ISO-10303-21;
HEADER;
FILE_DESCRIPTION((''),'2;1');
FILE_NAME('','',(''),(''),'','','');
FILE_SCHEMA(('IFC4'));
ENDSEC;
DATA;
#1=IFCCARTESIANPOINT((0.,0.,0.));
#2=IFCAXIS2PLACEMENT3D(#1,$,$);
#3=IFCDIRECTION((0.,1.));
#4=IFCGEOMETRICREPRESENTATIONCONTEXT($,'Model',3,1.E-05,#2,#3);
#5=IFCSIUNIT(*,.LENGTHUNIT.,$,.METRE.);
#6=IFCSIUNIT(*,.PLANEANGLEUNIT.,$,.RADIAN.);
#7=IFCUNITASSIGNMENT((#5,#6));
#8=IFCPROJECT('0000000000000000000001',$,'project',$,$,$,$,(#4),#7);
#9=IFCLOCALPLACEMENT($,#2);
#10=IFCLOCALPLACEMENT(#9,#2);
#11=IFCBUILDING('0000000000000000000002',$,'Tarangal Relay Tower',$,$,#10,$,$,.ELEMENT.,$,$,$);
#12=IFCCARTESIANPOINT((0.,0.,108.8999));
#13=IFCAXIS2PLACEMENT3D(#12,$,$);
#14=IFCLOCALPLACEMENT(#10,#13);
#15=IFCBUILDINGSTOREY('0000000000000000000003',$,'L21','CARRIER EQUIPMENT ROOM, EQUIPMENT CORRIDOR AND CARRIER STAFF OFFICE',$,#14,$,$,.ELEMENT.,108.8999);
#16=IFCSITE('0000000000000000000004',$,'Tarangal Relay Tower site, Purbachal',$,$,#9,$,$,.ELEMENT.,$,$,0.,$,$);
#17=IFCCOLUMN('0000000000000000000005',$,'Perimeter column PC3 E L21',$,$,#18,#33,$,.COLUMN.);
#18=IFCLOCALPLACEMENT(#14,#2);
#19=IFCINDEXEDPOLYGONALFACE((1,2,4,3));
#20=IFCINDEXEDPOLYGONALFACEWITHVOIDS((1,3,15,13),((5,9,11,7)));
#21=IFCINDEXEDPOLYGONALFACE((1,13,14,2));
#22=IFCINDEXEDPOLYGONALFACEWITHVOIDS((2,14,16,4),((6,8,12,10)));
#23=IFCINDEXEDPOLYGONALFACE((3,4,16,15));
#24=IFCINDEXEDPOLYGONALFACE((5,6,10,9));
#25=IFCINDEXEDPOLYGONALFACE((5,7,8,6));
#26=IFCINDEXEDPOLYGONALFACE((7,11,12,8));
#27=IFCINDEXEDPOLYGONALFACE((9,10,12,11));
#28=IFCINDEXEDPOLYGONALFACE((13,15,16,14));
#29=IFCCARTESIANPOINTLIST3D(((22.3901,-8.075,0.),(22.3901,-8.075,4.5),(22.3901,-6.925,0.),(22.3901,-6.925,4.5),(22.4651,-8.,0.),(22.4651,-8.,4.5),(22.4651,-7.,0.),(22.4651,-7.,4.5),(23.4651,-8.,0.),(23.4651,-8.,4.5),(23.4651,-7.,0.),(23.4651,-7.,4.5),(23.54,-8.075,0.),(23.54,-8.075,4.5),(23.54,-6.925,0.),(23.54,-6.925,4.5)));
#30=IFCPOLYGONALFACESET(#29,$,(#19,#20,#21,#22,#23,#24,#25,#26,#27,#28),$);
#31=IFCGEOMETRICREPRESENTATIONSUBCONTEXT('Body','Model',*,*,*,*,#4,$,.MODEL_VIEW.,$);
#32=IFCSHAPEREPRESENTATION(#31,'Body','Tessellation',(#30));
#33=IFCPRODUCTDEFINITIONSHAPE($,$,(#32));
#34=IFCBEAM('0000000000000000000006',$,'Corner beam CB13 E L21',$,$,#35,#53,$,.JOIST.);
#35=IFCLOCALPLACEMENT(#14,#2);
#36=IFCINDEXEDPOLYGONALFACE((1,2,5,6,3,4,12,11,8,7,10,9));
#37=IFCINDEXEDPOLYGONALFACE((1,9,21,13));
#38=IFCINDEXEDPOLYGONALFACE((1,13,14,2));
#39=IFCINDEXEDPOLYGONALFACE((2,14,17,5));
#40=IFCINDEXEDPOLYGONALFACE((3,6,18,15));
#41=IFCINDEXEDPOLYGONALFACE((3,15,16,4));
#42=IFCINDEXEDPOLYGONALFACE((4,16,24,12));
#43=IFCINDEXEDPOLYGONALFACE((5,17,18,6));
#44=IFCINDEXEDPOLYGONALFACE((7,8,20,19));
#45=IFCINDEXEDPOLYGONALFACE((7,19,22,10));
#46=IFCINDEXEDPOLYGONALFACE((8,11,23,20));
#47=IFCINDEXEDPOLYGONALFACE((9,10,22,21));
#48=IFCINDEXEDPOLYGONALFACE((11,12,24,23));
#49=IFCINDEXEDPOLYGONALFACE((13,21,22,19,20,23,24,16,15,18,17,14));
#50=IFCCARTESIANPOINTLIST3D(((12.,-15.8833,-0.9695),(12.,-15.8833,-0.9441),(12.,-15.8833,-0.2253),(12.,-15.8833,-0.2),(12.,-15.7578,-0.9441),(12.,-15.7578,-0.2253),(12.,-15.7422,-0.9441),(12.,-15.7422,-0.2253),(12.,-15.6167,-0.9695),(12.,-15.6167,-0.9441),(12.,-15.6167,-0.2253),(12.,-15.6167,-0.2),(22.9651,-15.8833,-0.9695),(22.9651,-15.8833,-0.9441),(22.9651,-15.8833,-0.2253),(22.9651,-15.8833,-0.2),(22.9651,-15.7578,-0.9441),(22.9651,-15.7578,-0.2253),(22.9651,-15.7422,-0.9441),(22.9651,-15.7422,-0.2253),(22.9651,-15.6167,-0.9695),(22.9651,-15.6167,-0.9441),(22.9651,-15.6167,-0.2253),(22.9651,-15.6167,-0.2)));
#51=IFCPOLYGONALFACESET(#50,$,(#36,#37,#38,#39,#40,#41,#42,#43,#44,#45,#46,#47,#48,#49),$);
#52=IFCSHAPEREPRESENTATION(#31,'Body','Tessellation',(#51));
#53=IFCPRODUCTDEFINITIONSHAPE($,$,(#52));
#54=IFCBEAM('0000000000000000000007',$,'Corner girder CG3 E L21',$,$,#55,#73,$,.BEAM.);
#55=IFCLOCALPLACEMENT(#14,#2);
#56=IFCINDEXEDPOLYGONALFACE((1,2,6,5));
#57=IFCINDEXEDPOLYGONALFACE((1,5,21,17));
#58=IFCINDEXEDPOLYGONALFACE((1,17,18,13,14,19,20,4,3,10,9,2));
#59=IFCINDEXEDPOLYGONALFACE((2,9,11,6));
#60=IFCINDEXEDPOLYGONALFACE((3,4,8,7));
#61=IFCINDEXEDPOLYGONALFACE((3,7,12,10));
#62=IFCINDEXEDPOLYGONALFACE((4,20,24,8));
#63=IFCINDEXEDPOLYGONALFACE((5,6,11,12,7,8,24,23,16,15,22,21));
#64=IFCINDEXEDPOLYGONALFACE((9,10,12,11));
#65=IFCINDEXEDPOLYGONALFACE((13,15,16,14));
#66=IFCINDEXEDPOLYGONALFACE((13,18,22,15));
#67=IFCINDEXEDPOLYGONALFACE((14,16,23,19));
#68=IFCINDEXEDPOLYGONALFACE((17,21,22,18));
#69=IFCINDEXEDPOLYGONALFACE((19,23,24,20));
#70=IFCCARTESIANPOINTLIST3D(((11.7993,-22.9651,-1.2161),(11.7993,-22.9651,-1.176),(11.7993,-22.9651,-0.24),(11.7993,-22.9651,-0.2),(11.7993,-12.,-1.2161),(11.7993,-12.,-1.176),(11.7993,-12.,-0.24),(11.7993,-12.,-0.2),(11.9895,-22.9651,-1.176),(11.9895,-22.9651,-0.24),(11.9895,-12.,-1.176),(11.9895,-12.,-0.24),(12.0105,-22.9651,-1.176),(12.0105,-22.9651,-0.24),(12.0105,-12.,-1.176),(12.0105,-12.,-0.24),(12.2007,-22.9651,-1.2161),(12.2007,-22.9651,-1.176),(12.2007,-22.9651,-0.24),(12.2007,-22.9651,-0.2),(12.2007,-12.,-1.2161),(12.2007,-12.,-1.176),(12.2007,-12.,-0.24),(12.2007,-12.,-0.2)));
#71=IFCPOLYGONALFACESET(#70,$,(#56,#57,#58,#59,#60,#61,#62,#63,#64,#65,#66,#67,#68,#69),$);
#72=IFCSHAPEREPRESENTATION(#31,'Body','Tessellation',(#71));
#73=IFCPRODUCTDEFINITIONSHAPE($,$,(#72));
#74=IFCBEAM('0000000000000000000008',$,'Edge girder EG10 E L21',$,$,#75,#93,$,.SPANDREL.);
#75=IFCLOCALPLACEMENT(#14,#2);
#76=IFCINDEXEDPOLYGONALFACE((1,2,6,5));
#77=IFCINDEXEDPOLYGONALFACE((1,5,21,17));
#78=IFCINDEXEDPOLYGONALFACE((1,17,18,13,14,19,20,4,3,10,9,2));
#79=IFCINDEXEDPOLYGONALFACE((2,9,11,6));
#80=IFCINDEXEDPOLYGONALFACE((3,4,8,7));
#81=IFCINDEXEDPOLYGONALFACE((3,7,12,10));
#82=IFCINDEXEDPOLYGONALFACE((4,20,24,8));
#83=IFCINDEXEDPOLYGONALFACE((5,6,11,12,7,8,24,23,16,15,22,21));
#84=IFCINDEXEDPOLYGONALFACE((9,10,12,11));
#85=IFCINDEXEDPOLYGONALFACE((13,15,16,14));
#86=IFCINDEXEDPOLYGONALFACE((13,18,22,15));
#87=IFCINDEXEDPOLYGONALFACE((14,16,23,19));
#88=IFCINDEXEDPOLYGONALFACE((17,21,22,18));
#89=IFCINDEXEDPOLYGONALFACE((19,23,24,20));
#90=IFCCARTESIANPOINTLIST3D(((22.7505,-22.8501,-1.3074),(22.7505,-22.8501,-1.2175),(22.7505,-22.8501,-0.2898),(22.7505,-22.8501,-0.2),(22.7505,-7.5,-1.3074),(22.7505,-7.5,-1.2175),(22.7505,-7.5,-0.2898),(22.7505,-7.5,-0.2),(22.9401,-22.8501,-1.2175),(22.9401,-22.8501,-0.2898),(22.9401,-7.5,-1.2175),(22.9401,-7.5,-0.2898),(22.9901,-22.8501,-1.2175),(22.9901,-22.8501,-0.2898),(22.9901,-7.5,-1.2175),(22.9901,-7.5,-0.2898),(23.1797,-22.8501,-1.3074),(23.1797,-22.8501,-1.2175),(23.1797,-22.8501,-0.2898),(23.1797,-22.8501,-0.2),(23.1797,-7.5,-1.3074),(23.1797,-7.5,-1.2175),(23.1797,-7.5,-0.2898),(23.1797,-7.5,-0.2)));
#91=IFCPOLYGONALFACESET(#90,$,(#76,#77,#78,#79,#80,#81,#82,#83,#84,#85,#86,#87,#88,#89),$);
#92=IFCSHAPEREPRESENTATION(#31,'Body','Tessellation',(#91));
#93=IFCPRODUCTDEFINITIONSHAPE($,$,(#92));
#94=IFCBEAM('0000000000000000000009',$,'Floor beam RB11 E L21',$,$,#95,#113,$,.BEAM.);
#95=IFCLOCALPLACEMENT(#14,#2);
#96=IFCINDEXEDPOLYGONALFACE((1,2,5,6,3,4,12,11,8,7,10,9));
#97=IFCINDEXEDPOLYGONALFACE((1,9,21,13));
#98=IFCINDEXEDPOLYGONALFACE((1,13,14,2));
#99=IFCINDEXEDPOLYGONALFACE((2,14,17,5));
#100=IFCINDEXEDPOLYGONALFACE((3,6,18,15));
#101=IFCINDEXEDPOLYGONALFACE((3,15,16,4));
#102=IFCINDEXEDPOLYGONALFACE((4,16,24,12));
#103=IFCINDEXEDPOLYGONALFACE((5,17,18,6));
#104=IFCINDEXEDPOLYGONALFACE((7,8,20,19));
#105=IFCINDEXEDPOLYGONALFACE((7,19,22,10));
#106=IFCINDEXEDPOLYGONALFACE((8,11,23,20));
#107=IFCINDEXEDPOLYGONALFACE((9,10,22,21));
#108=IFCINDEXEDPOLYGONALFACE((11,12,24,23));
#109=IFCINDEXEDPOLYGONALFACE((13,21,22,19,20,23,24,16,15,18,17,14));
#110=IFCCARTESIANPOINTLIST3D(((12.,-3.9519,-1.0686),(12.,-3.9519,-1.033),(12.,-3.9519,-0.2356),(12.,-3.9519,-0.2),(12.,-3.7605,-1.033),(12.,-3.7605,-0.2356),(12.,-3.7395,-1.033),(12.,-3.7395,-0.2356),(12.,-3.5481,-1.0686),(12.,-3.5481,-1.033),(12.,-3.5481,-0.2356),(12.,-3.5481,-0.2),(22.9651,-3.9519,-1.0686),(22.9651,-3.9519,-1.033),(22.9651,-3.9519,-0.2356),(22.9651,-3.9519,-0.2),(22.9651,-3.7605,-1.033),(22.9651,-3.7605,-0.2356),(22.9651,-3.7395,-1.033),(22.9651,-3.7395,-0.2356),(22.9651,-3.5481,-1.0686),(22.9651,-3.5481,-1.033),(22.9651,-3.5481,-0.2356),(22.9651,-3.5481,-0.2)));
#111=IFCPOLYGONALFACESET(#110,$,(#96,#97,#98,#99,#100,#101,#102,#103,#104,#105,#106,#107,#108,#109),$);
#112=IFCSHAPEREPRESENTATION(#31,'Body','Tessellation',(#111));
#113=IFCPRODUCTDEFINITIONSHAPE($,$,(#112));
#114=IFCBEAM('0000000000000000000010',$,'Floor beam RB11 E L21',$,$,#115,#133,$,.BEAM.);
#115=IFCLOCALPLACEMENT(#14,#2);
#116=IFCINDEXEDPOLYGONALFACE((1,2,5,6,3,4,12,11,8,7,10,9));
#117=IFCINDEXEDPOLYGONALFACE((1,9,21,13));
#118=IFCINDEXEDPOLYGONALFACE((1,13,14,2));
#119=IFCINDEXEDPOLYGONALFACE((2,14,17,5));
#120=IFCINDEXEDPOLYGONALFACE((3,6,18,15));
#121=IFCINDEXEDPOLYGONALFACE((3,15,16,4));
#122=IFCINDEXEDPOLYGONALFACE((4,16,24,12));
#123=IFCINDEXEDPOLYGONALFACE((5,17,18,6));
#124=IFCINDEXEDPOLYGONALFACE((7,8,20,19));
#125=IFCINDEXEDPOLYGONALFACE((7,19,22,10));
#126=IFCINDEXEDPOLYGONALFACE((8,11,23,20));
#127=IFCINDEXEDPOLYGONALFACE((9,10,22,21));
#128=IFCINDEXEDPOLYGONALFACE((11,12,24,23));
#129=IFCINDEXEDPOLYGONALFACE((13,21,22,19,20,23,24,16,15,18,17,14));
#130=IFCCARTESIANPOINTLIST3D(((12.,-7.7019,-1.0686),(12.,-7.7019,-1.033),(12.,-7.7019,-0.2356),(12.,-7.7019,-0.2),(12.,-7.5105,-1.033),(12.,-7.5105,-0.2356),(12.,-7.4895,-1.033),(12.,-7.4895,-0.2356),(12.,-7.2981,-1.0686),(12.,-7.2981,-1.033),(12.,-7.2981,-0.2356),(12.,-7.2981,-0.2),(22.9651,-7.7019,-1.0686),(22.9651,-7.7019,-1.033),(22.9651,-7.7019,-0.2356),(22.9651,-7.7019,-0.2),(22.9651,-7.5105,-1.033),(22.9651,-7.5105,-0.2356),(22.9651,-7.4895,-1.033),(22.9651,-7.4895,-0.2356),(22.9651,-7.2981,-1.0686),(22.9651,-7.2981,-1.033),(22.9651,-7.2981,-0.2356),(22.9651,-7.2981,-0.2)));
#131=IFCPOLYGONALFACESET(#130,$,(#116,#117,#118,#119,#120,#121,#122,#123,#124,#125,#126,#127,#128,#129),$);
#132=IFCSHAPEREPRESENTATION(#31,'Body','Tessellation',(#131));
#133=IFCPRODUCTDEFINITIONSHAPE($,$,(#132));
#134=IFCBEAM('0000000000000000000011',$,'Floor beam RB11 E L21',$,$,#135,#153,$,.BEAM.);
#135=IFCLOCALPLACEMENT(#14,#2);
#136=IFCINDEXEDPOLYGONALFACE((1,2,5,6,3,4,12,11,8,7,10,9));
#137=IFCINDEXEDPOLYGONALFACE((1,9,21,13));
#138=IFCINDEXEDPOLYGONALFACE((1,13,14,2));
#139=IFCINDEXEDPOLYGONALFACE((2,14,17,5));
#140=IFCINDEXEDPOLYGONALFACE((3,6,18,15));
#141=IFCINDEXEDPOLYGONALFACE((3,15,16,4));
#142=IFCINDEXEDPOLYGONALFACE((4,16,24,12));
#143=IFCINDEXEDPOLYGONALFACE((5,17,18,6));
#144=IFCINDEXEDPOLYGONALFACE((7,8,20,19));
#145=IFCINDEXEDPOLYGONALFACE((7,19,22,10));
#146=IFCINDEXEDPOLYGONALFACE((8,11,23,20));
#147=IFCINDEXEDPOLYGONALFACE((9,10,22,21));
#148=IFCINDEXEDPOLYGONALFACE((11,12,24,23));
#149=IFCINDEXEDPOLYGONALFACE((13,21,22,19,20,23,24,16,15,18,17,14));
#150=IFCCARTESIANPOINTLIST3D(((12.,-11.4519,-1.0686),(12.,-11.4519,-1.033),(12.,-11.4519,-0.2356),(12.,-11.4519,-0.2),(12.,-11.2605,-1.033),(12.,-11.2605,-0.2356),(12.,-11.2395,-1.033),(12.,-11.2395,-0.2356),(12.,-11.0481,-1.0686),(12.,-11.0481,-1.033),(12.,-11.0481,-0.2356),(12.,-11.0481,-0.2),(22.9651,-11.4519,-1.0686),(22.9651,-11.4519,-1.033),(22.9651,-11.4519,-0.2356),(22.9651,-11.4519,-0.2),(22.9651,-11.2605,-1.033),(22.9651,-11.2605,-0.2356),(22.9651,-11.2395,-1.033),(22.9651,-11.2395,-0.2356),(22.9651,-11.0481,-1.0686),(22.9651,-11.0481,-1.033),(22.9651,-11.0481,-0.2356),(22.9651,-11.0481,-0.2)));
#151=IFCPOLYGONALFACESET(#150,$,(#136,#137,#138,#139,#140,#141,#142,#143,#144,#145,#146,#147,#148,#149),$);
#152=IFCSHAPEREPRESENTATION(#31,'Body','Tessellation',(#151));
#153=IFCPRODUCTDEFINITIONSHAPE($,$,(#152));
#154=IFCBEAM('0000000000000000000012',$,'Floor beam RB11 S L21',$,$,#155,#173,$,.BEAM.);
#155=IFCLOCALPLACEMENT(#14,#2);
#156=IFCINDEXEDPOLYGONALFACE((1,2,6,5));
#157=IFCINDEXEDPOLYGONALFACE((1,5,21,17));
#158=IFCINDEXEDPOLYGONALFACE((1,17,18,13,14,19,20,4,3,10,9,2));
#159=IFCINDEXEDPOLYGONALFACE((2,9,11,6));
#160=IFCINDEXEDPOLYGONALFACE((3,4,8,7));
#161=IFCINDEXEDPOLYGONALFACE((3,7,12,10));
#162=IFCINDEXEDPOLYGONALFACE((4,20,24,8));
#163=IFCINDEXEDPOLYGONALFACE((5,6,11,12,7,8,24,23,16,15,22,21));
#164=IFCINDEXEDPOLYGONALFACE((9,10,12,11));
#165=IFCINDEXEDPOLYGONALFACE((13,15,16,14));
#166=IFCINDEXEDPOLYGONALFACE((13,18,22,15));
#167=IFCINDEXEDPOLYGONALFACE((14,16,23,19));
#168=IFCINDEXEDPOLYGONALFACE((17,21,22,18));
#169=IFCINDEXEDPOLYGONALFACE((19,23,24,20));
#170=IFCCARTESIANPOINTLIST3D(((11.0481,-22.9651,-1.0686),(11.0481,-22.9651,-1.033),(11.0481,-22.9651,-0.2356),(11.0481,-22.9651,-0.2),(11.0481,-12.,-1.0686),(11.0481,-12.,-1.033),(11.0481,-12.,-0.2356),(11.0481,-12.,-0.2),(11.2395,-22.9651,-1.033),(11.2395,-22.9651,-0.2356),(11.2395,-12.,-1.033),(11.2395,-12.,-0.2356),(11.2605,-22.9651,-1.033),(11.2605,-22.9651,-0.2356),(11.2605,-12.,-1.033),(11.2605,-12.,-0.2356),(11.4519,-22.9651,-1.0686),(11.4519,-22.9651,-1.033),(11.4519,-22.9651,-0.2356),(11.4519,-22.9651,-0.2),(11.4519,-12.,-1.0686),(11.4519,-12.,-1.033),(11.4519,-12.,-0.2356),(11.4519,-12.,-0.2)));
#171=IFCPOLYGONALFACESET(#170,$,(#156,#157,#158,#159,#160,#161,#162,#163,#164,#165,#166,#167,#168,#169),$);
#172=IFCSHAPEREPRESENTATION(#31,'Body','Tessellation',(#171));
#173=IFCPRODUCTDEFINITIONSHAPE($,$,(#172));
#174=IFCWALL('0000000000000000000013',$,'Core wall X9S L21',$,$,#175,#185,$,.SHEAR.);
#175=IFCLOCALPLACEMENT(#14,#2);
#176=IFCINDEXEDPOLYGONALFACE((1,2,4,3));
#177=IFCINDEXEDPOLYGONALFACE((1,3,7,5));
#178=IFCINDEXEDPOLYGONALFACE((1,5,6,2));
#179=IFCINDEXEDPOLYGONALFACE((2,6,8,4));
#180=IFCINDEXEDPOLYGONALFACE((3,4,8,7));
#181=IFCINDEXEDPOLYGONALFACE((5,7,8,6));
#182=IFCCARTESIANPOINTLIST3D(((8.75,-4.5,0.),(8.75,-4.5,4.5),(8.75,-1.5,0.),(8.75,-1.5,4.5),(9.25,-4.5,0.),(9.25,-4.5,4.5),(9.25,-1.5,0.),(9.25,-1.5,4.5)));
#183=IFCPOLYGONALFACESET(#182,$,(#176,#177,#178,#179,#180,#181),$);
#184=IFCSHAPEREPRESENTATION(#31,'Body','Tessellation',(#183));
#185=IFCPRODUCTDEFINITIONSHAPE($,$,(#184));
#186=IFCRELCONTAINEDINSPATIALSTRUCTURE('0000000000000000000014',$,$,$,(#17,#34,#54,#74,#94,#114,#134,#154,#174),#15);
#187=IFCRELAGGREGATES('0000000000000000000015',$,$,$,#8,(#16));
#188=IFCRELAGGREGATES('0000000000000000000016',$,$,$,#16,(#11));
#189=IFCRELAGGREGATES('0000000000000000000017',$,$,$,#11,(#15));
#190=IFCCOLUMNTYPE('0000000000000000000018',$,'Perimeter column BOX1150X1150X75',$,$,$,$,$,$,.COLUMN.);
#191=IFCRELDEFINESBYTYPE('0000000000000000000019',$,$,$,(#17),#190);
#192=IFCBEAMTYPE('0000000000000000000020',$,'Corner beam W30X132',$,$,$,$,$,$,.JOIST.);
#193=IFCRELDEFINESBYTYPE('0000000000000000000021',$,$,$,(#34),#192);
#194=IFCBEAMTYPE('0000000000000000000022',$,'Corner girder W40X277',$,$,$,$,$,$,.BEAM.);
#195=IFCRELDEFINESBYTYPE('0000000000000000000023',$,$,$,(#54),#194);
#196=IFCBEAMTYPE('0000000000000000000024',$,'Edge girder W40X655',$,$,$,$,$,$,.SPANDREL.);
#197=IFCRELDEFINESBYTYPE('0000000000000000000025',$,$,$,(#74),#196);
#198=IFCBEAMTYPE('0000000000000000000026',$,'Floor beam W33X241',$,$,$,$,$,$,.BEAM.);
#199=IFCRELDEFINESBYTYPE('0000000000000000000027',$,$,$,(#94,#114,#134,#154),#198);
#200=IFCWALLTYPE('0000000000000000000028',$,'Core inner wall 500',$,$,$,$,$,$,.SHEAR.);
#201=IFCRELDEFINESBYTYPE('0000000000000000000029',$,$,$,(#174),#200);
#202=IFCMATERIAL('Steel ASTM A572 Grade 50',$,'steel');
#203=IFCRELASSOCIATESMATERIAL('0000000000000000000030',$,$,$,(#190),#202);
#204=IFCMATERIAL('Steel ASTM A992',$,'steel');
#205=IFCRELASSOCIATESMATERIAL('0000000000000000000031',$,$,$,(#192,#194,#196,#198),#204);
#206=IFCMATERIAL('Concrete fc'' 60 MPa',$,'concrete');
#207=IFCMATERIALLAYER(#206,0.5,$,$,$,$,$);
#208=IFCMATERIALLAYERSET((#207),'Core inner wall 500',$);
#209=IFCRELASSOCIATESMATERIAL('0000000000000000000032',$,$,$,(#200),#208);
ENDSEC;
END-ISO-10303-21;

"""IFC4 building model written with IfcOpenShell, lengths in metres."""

from ifc_helpers import new_model, si_unit, direction, frame, frame_2d, origin, origin_2d, place, context, subcontext, project, spatial, rectangle, hollow_rectangle, i_section, extrude, material, layer, layer_set, material_profile, profile_set, type_object, element, save


model = new_model("IFC4")

# Units and contexts
model_context = context("Model", 3, precision=1e-05, world=origin(), true_north=direction((0.0, 1.0)))
body_context = subcontext(model_context, "Body", "Model", "MODEL_VIEW")
ifc_project = project(units=[si_unit("LENGTHUNIT", "METRE"), si_unit("PLANEANGLEUNIT", "RADIAN")], contexts=[model_context])

# Site, building, storey
site_placement = place(None, origin())
site = spatial("IfcSite", under=ifc_project, at=site_placement, Name="Tarangal Relay Tower site, Purbachal", CompositionType="ELEMENT", RefElevation=0.0)
building_placement = place(site_placement, origin())
building = spatial("IfcBuilding", under=site, at=building_placement, Name="Tarangal Relay Tower", CompositionType="ELEMENT")
storey_placement = place(building_placement, frame((0.0, 0.0, 108.8999)))
storey = spatial("IfcBuildingStorey", under=building, at=storey_placement, Name="L21", Description="CARRIER EQUIPMENT ROOM, EQUIPMENT CORRIDOR AND CARRIER STAFF OFFICE", CompositionType="ELEMENT", Elevation=108.8999)

# Column
ifc_material_1 = material(Name="Steel ASTM A572 Grade 50", Category="steel")
ifc_material_profile_1 = material_profile(ifc_material_1, hollow_rectangle(XDim=1.1499, YDim=1.1499, WallThickness=0.075, at=origin_2d()), Name="BOX1150X1150X75")
ifc_profile_set_1 = profile_set([ifc_material_profile_1], Name="Steel ASTM A572 Grade 50")
column_type = type_object("IfcColumnType", Name="Perimeter column BOX1150X1150X75", PredefinedType="COLUMN", material=ifc_profile_set_1)
column_placement = place(storey_placement, frame((22.9651, -7.5, 0.0), z_axis=(0.0, 0.0, 1.0), x_axis=(1.0, 0.0, 0.0)))
element("IfcColumn", 1, at=column_placement, inside=storey, type_object=column_type, Name="Perimeter column PC3 E L21", PredefinedType="COLUMN", context=body_context, shape_type="SweptSolid", body=[
    extrude(hollow_rectangle(XDim=1.1499, YDim=1.1499, WallThickness=0.075, at=origin_2d()), origin(), (0.0, 0.0, 1.0), 4.5),
])

# Beams
ifc_material_2 = material(Name="Steel ASTM A992", Category="steel")
ifc_material_profile_2 = material_profile(ifc_material_2, i_section(OverallWidth=0.2666, OverallDepth=0.7695, WebThickness=0.0156, FlangeThickness=0.0254, at=origin_2d()), Name="W30X132")
ifc_profile_set_2 = profile_set([ifc_material_profile_2], Name="Steel ASTM A992")
beam_type_1 = type_object("IfcBeamType", Name="Corner beam W30X132", PredefinedType="JOIST", material=ifc_profile_set_2)
beam_1_placement = place(storey_placement, frame((12.0, -15.75, -0.5847), z_axis=(1.0, 0.0, 0.0), x_axis=(0.0, 1.0, 0.0)))
element("IfcBeam", 2, at=beam_1_placement, inside=storey, type_object=beam_type_1, Name="Corner beam CB13 E L21", PredefinedType="JOIST", context=body_context, shape_type="SweptSolid", body=[
    extrude(i_section(OverallWidth=0.2666, OverallDepth=0.7695, WebThickness=0.0156, FlangeThickness=0.0254, at=origin_2d()), origin(), (0.0, 0.0, 1.0), 10.9651),
])
ifc_material_profile_3 = material_profile(ifc_material_2, i_section(OverallWidth=0.4014, OverallDepth=1.0161, WebThickness=0.021, FlangeThickness=0.04, at=origin_2d()), Name="W40X277")
ifc_profile_set_3 = profile_set([ifc_material_profile_3], Name="Steel ASTM A992")
beam_type_2 = type_object("IfcBeamType", Name="Corner girder W40X277", PredefinedType="BEAM", material=ifc_profile_set_3)
beam_2_placement = place(storey_placement, frame((12.0, -12.0, -0.708), z_axis=(0.0, -1.0, 0.0), x_axis=(1.0, 0.0, 0.0)))
element("IfcBeam", 3, at=beam_2_placement, inside=storey, type_object=beam_type_2, Name="Corner girder CG3 E L21", PredefinedType="BEAM", context=body_context, shape_type="SweptSolid", body=[
    extrude(i_section(OverallWidth=0.4014, OverallDepth=1.0161, WebThickness=0.021, FlangeThickness=0.04, at=origin_2d()), origin(), (0.0, 0.0, 1.0), 10.9651),
])
ifc_material_profile_4 = material_profile(ifc_material_2, i_section(OverallWidth=0.4292, OverallDepth=1.1074, WebThickness=0.05, FlangeThickness=0.0898, at=origin_2d()), Name="W40X655")
ifc_profile_set_4 = profile_set([ifc_material_profile_4], Name="Steel ASTM A992")
beam_type_3 = type_object("IfcBeamType", Name="Edge girder W40X655", PredefinedType="SPANDREL", material=ifc_profile_set_4)
beam_3_placement = place(storey_placement, frame((22.9651, -7.5, -0.7537), z_axis=(0.0, -1.0, 0.0), x_axis=(1.0, 0.0, 0.0)))
element("IfcBeam", 4, at=beam_3_placement, inside=storey, type_object=beam_type_3, Name="Edge girder EG10 E L21", PredefinedType="SPANDREL", context=body_context, shape_type="SweptSolid", body=[
    extrude(i_section(OverallWidth=0.4292, OverallDepth=1.1074, WebThickness=0.05, FlangeThickness=0.0898, at=origin_2d()), origin(), (0.0, 0.0, 1.0), 15.3501),
])
ifc_material_profile_5 = material_profile(ifc_material_2, i_section(OverallWidth=0.4038, OverallDepth=0.8687, WebThickness=0.021, FlangeThickness=0.0356, at=origin_2d()), Name="W33X241")
ifc_profile_set_5 = profile_set([ifc_material_profile_5], Name="Steel ASTM A992")
beam_type_4 = type_object("IfcBeamType", Name="Floor beam W33X241", PredefinedType="BEAM", material=ifc_profile_set_5)
for number, where, z_axis, x_axis, name in (
    (5, (12.0, -3.75, -0.6343), (1.0, 0.0, 0.0), (0.0, 1.0, 0.0), "Floor beam RB11 E L21"),
    (6, (12.0, -7.5, -0.6343), (1.0, 0.0, 0.0), (0.0, 1.0, 0.0), "Floor beam RB11 E L21"),
    (7, (12.0, -11.25, -0.6343), (1.0, 0.0, 0.0), (0.0, 1.0, 0.0), "Floor beam RB11 E L21"),
    (8, (11.25, -12.0, -0.6343), (0.0, -1.0, 0.0), (1.0, 0.0, 0.0), "Floor beam RB11 S L21"),
):
    element("IfcBeam", number, at=place(storey_placement, frame(where, z_axis=z_axis, x_axis=x_axis)), inside=storey, type_object=beam_type_4, Name=name, PredefinedType="BEAM", context=body_context, shape_type="SweptSolid", body=[
        extrude(i_section(OverallWidth=0.4038, OverallDepth=0.8687, WebThickness=0.021, FlangeThickness=0.0356, at=origin_2d()), origin(), (0.0, 0.0, 1.0), 10.9651),
    ])

# Wall
ifc_material_3 = material(Name="Concrete fc' 60 MPa", Category="concrete")
ifc_layer_1 = layer(ifc_material_3, 0.5)
ifc_layer_set_1 = layer_set([ifc_layer_1], Name="Core inner wall 500")
wall_type_1 = type_object("IfcWallType", Name="Core inner wall 500", PredefinedType="SHEAR", material=ifc_layer_set_1)
wall_1_placement = place(storey_placement, frame((9.0, -4.5, 0.0), z_axis=(0.0, 0.0, 1.0), x_axis=(0.0, 1.0, 0.0)))
element("IfcWall", 9, at=wall_1_placement, inside=storey, type_object=wall_type_1, Name="Core wall X9S L21", PredefinedType="SHEAR", context=body_context, shape_type="SweptSolid", body=[
    extrude(rectangle(XDim=3.0, YDim=0.5, at=frame_2d((1.5, 0.0))), origin(), (0.0, 0.0, 1.0), 4.5),
])

save(model, "model.ifc")
